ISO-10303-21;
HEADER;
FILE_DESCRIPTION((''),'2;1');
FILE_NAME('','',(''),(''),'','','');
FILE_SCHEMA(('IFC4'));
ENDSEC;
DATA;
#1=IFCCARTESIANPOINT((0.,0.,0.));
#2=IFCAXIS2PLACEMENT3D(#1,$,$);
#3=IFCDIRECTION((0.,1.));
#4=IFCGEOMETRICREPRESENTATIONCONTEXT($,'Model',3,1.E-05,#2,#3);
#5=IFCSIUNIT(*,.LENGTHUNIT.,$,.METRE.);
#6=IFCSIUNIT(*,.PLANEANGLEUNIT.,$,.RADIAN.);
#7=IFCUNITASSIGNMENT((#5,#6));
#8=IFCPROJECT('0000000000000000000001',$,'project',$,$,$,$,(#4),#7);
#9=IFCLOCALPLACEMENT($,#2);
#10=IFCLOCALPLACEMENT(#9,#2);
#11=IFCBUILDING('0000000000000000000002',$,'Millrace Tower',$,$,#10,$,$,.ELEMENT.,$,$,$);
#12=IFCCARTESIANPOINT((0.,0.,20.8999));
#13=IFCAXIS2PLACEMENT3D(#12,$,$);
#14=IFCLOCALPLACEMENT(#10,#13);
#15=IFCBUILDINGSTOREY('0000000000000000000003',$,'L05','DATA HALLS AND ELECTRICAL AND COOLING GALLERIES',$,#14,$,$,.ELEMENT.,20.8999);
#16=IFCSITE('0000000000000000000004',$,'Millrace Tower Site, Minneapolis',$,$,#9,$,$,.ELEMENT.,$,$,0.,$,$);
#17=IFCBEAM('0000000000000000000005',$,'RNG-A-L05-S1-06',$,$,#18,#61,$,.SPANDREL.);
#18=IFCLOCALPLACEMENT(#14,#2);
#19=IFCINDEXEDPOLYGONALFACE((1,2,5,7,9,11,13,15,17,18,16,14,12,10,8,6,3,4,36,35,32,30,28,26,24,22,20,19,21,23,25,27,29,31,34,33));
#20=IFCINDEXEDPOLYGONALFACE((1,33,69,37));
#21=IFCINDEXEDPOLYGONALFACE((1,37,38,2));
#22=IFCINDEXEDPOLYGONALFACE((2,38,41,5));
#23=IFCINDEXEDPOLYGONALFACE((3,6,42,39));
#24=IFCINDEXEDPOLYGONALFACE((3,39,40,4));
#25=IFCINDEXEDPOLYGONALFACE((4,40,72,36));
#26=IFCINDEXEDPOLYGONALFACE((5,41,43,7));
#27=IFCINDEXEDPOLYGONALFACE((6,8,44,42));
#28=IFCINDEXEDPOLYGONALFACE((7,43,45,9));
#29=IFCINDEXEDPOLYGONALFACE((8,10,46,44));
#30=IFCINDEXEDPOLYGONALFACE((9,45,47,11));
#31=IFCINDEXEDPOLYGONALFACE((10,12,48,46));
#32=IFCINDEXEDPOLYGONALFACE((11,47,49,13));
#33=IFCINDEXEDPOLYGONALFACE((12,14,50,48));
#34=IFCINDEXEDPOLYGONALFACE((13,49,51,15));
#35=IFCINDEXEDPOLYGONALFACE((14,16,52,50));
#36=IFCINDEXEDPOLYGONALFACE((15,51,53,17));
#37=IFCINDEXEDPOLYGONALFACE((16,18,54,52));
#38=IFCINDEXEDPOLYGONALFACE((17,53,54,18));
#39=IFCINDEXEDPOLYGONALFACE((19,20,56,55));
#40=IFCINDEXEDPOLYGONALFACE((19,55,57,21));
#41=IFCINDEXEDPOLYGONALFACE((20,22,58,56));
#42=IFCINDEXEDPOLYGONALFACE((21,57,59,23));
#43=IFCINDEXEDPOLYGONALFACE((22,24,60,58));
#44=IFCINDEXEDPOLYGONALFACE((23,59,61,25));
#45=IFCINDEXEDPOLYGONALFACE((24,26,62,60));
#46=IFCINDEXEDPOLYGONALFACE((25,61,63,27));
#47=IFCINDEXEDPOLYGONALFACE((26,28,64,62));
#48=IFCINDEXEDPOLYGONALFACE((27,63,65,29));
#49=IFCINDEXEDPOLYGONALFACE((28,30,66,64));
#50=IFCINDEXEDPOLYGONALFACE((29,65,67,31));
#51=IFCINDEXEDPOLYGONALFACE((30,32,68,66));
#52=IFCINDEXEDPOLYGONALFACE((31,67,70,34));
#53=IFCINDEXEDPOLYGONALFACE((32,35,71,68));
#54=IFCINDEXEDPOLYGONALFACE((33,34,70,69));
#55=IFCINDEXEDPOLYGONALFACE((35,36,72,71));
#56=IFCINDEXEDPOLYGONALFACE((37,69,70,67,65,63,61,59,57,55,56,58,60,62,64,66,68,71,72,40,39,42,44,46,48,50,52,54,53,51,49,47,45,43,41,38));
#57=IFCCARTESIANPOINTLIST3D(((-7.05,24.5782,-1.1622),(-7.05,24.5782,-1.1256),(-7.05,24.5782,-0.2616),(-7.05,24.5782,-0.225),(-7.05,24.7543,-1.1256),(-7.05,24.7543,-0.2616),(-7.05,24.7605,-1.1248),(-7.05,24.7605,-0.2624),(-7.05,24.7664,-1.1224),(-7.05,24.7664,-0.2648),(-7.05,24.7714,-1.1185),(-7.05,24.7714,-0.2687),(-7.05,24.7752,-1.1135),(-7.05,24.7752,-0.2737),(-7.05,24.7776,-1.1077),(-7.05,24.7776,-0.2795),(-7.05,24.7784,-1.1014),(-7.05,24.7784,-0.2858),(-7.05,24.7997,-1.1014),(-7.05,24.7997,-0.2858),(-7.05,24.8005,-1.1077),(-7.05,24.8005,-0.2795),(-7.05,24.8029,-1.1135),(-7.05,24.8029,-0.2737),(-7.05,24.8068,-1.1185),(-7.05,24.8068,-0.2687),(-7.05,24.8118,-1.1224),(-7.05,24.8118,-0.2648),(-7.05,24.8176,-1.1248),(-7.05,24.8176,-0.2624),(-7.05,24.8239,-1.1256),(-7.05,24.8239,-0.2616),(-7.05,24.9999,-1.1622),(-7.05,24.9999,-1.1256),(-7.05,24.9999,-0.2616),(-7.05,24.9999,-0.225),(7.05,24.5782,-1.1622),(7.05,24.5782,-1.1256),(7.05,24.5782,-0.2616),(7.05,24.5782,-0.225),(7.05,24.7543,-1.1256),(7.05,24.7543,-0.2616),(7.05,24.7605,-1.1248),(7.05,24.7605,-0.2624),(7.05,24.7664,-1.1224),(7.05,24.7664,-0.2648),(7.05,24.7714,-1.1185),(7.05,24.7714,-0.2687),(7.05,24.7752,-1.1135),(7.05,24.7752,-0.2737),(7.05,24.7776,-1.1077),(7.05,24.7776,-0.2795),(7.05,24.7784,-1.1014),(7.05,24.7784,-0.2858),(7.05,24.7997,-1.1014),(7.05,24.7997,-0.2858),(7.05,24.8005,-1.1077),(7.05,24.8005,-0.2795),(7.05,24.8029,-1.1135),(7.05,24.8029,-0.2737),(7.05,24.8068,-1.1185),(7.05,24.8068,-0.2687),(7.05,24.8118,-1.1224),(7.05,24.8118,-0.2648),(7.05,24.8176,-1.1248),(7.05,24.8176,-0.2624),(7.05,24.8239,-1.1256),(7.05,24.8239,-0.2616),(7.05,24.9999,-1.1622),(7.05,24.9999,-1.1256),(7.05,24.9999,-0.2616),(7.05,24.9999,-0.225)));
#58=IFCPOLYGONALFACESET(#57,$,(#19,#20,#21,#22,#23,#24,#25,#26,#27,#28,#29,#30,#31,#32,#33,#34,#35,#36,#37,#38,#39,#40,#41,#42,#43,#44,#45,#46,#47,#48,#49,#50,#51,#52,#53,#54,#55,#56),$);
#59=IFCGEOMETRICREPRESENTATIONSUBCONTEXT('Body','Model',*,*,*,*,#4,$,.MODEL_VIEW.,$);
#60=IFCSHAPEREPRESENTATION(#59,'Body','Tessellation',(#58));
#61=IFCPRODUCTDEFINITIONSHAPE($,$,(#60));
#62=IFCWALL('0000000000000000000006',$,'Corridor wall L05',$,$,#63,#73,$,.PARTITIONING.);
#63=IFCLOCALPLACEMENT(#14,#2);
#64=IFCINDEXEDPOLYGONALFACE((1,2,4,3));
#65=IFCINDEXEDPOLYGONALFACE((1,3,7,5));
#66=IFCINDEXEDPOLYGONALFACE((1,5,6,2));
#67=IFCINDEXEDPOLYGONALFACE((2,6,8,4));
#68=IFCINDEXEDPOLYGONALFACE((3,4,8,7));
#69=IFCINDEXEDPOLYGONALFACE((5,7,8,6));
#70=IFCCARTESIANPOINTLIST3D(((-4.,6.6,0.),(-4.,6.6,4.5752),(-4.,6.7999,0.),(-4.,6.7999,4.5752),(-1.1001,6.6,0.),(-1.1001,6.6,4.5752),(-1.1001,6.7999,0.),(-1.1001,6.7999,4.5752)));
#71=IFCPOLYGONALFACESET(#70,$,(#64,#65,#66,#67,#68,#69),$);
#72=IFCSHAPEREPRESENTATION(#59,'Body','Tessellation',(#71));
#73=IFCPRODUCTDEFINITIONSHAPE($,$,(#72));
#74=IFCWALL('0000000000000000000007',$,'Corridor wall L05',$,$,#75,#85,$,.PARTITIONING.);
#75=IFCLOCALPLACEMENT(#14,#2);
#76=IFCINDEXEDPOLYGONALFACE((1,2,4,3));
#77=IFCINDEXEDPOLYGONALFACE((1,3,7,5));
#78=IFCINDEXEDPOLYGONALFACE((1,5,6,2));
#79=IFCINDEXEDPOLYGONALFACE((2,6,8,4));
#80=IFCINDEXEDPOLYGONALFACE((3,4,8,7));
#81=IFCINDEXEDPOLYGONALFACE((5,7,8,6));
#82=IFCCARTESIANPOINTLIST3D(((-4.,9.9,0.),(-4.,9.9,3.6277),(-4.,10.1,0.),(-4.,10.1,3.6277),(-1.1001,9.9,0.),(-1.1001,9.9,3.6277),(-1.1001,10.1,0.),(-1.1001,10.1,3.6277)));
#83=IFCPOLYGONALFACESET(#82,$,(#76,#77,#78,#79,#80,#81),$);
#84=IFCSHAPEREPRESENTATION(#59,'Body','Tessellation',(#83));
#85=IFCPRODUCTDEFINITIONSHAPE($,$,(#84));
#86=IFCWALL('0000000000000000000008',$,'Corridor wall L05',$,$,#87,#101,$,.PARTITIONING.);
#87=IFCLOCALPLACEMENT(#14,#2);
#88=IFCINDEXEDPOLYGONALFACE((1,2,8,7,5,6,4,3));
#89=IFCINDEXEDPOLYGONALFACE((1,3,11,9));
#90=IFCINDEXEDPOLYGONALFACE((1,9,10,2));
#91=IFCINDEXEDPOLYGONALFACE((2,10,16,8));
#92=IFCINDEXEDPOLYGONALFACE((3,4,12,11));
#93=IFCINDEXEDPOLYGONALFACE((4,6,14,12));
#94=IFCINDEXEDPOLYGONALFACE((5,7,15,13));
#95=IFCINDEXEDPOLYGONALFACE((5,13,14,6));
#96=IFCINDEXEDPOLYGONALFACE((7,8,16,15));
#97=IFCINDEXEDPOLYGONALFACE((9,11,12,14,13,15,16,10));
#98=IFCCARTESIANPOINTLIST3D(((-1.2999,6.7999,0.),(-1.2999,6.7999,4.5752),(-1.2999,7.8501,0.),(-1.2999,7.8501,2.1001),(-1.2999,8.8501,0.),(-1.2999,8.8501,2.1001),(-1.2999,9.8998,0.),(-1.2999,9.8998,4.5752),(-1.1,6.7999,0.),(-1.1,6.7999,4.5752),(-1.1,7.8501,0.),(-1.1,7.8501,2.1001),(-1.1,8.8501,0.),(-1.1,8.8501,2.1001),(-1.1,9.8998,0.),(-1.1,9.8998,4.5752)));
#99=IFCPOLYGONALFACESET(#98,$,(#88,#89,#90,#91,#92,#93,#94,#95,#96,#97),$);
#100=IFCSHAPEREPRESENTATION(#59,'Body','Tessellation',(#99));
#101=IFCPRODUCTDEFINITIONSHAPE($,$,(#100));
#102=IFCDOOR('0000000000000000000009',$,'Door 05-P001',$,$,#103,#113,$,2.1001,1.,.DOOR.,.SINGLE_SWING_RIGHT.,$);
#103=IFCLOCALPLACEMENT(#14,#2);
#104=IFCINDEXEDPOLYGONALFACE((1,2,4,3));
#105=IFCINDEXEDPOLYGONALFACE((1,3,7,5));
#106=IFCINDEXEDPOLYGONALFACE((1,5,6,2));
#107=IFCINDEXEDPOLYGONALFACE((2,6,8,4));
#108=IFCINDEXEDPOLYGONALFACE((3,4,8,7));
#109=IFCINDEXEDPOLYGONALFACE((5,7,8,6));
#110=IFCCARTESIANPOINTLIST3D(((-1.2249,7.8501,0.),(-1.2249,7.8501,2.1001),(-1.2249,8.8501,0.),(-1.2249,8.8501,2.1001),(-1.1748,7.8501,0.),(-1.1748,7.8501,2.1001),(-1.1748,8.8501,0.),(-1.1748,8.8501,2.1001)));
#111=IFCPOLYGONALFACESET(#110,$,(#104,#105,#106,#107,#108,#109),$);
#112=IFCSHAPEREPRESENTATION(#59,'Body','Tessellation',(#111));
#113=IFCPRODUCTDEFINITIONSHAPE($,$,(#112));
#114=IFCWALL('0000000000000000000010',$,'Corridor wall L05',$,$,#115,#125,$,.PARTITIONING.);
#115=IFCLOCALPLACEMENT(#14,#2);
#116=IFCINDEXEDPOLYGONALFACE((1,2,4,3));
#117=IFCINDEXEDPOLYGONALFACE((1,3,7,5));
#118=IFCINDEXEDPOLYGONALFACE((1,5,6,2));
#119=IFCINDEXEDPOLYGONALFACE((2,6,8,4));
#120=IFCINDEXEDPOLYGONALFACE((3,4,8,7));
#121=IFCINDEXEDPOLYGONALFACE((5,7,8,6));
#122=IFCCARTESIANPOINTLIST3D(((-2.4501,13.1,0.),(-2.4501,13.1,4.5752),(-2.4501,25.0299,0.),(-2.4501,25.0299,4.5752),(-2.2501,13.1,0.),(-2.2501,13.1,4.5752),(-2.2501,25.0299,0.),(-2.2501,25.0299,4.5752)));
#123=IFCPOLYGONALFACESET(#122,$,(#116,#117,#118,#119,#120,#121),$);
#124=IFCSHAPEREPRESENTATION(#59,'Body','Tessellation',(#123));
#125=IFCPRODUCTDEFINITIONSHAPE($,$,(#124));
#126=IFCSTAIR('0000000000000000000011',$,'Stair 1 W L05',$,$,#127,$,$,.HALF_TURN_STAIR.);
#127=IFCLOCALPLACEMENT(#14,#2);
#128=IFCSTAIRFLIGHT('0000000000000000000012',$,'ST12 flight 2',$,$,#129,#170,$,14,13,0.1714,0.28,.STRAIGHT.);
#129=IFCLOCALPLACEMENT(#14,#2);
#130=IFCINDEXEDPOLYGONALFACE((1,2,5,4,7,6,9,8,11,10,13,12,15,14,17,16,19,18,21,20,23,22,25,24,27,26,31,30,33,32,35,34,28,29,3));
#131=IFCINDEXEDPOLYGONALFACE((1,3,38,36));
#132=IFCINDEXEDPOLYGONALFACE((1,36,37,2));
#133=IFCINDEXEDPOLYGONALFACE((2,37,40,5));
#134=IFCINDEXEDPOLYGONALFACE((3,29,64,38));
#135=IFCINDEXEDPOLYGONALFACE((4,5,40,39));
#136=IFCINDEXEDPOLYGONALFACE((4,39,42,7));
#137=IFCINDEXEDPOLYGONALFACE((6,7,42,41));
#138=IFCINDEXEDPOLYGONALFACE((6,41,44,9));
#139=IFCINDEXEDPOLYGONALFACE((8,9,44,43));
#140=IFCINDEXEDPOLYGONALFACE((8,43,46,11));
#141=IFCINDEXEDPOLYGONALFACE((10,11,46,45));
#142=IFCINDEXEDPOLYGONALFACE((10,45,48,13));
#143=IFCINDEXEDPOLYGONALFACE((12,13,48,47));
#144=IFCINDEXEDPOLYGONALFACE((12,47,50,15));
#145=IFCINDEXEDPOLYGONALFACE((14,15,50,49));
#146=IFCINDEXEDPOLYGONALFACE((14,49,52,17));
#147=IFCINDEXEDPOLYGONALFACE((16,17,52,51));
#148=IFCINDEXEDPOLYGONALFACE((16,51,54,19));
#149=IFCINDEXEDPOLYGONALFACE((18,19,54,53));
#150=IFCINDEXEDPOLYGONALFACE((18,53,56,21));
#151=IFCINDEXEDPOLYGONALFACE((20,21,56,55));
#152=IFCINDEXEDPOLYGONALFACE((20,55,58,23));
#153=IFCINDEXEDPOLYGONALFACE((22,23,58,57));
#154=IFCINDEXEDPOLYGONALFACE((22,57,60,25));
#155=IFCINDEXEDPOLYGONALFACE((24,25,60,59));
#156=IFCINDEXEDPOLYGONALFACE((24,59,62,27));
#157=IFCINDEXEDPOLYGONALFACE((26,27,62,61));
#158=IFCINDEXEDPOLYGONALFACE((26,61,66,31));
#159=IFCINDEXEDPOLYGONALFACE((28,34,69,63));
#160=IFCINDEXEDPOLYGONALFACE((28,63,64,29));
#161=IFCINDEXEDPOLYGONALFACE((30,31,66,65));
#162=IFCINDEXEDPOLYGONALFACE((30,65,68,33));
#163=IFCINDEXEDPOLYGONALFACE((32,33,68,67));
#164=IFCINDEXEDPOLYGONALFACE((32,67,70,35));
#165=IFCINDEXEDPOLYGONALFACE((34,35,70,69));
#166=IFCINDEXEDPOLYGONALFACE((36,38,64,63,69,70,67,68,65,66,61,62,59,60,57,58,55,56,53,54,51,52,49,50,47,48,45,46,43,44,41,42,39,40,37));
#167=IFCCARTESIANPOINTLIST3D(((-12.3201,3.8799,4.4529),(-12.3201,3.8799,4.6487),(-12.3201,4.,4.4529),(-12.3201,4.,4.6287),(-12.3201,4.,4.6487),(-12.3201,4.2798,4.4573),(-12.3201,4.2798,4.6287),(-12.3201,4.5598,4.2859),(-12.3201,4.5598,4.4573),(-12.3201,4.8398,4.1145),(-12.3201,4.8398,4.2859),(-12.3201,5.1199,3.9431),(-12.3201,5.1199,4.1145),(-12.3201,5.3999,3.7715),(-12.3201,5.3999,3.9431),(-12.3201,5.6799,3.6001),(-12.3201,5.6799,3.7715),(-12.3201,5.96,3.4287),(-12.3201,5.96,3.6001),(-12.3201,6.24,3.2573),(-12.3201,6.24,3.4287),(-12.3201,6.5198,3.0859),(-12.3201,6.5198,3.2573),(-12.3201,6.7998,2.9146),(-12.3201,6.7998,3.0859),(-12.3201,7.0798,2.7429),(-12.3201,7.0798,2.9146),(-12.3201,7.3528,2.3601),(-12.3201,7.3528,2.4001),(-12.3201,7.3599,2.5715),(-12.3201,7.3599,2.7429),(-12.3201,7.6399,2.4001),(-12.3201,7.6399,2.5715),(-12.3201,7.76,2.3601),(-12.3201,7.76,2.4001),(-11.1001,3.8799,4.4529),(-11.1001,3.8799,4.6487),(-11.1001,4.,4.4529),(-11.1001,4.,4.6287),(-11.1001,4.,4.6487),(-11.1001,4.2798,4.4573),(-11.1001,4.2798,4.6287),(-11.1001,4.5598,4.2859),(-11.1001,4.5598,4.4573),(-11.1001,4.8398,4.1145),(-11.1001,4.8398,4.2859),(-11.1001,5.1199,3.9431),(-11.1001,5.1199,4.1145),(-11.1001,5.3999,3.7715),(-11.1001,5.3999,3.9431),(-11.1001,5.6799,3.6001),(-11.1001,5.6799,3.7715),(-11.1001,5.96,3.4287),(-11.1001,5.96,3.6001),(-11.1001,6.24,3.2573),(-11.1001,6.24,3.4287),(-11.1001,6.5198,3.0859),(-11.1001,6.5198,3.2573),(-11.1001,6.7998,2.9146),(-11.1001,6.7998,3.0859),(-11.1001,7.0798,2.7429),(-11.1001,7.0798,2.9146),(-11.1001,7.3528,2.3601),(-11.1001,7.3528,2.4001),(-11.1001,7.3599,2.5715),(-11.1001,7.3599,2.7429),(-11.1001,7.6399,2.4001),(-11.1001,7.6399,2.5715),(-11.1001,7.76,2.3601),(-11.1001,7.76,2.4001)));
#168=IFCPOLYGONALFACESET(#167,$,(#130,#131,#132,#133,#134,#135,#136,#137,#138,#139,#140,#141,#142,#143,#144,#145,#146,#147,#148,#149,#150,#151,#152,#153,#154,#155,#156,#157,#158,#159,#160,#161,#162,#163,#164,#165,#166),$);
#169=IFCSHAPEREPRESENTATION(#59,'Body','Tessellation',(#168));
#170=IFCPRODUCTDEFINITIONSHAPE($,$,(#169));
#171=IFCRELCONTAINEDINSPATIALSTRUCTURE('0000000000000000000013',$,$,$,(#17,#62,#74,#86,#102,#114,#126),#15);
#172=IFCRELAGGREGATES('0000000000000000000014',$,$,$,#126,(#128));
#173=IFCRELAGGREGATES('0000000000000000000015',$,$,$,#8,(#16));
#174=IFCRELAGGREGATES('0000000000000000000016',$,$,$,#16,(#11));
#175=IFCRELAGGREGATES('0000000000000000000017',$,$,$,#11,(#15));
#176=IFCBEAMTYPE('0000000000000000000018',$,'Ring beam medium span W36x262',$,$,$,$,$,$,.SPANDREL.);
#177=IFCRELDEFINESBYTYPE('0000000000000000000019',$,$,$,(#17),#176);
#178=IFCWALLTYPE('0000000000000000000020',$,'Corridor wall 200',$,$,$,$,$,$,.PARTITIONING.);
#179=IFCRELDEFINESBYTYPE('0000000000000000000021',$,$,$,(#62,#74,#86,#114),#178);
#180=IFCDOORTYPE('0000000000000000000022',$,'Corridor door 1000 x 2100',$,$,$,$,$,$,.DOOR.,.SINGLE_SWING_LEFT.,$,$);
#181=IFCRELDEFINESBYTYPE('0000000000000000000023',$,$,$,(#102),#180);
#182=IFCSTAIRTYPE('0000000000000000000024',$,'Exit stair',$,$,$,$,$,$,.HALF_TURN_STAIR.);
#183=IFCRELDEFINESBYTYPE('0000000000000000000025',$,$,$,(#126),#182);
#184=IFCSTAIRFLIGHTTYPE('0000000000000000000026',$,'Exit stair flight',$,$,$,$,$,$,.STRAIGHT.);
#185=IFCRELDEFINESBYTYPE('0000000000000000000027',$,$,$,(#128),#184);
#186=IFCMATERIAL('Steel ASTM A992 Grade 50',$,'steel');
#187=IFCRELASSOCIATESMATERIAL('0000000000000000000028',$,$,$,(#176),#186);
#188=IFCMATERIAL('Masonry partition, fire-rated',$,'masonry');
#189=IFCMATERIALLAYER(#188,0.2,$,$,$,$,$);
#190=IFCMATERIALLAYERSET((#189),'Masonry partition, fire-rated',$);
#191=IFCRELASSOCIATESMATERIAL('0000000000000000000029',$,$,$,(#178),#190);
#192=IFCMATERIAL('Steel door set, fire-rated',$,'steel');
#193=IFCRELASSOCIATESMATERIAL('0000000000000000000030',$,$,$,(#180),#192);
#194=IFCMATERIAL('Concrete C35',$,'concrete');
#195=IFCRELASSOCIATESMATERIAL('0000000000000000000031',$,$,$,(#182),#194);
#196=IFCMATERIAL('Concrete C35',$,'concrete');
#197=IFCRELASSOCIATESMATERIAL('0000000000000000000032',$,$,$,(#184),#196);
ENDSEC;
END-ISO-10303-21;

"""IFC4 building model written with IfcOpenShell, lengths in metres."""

from ifc_helpers import new_model, si_unit, direction, frame, frame_2d, origin, origin_2d, place, context, subcontext, project, spatial, polyline, rectangle, i_section, outline, extrude, material, layer, layer_set, material_profile, profile_set, type_object, element, fill, aggregate, save


model = new_model("IFC4")

# Units and contexts
model_context = context("Model", 3, precision=1e-05, world=origin(), true_north=direction((0.0, 1.0)))
body_context = subcontext(model_context, "Body", "Model", "MODEL_VIEW")
ifc_project = project(units=[si_unit("LENGTHUNIT", "METRE"), si_unit("PLANEANGLEUNIT", "RADIAN")], contexts=[model_context])

# Site, building, storey
site_placement = place(None, origin())
site = spatial("IfcSite", under=ifc_project, at=site_placement, Name="Millrace Tower Site, Minneapolis", CompositionType="ELEMENT", RefElevation=0.0)
building_placement = place(site_placement, origin())
building = spatial("IfcBuilding", under=site, at=building_placement, Name="Millrace Tower", CompositionType="ELEMENT")
storey_placement = place(building_placement, frame((0.0, 0.0, 20.8999)))
storey = spatial("IfcBuildingStorey", under=building, at=storey_placement, Name="L05", Description="DATA HALLS AND ELECTRICAL AND COOLING GALLERIES", CompositionType="ELEMENT", Elevation=20.8999)

# Shared definitions
placement = place(storey_placement, origin())

# Beam
ifc_material_1 = material(Name="Steel ASTM A992 Grade 50", Category="steel")
ifc_material_profile_1 = material_profile(ifc_material_1, i_section(OverallWidth=0.4216, OverallDepth=0.9373, WebThickness=0.0212, FlangeThickness=0.0366, FilletRadius=0.0242, at=origin_2d()))
ifc_profile_set_1 = profile_set([ifc_material_profile_1], Name="Steel ASTM A992 Grade 50")
beam_type_1 = type_object("IfcBeamType", Name="Ring beam medium span W36x262", PredefinedType="SPANDREL", material=ifc_profile_set_1)
beam_1_placement = place(storey_placement, frame((-7.05, 24.7891, -0.6936), z_axis=(1.0, 0.0, 0.0), x_axis=(0.0, 1.0, 0.0)))
element("IfcBeam", 1, at=beam_1_placement, inside=storey, type_object=beam_type_1, Name="RNG-A-L05-S1-06", PredefinedType="SPANDREL", context=body_context, shape_type="SweptSolid", body=[
    extrude(i_section(OverallWidth=0.4216, OverallDepth=0.9373, WebThickness=0.0212, FlangeThickness=0.0366, FilletRadius=0.0242, at=origin_2d()), origin(), (0.0, 0.0, 1.0), 14.1001),
])

# Walls
ifc_material_2 = material(Name="Masonry partition, fire-rated", Category="masonry")
ifc_layer_1 = layer(ifc_material_2, 0.2)
ifc_layer_set_1 = layer_set([ifc_layer_1], Name="Masonry partition, fire-rated")
wall_type = type_object("IfcWallType", Name="Corridor wall 200", PredefinedType="PARTITIONING", material=ifc_layer_set_1)
wall_1_placement = place(storey_placement, frame((-4.0, 6.7, 0.0), z_axis=(0.0, 0.0, 1.0), x_axis=(1.0, 0.0, 0.0)))
element("IfcWall", 2, at=wall_1_placement, inside=storey, type_object=wall_type, Name="Corridor wall L05", PredefinedType="PARTITIONING", context=body_context, shape_type="SweptSolid", body=[
    extrude(rectangle(XDim=2.8999, YDim=0.2, at=frame_2d((1.45, 0.0))), origin(), (0.0, 0.0, 1.0), 4.5752),
])
wall_2_placement = place(storey_placement, frame((-4.0, 10.0, 0.0), z_axis=(0.0, 0.0, 1.0), x_axis=(1.0, 0.0, 0.0)))
element("IfcWall", 3, at=wall_2_placement, inside=storey, type_object=wall_type, Name="Corridor wall L05", PredefinedType="PARTITIONING", context=body_context, shape_type="SweptSolid", body=[
    extrude(rectangle(XDim=2.8999, YDim=0.2, at=frame_2d((1.45, 0.0))), origin(), (0.0, 0.0, 1.0), 3.6277),
])

# Wall, opening, door
wall_3_placement = place(storey_placement, frame((-1.2, 6.8, 0.0), z_axis=(0.0, 0.0, 1.0), x_axis=(0.0, 1.0, 0.0)))
wall_3 = element("IfcWall", 4, at=wall_3_placement, inside=storey, type_object=wall_type, Name="Corridor wall L05", PredefinedType="PARTITIONING", context=body_context, shape_type="SweptSolid", body=[
    extrude(rectangle(XDim=3.0999, YDim=0.2, at=frame_2d((1.5498, 0.0))), origin(), (0.0, 0.0, 1.0), 4.5752),
])
opening_placement = place(wall_3_placement, frame((1.05, 0.0, 0.0)))
opening = element("IfcOpeningElement", 5, at=opening_placement, cuts=wall_3, PredefinedType="OPENING", context=body_context, shape_type="SweptSolid", body=[
    extrude(rectangle(XDim=1.0, YDim=2.1001, at=frame_2d((0.5, 1.05))), frame((0.0, 0.1099, 0.0), z_axis=(0.0, -1.0, 0.0), x_axis=(1.0, 0.0, 0.0)), (0.0, 0.0, 1.0), 0.22),
])
ifc_material_3 = material(Name="Steel door set, fire-rated", Category="steel")
door_type = type_object("IfcDoorType", Name="Corridor door 1000 x 2100", OperationType="SINGLE_SWING_LEFT", PredefinedType="DOOR", material=ifc_material_3)
door_placement = place(opening_placement, origin())
door = element("IfcDoor", 6, at=door_placement, inside=storey, type_object=door_type, Name="Door 05-P001", OperationType="SINGLE_SWING_RIGHT", OverallHeight=2.1001, OverallWidth=1.0, PredefinedType="DOOR", context=body_context, shape_type="SweptSolid", body=[
    extrude(rectangle(XDim=1.0, YDim=2.1001, at=frame_2d((0.5, 1.05))), frame((0.0, 0.0249, 0.0), z_axis=(0.0, -1.0, 0.0), x_axis=(1.0, 0.0, 0.0)), (0.0, 0.0, 1.0), 0.05),
])
fill(opening, door)

# Wall
wall_4_placement = place(storey_placement, frame((-2.3501, 13.1001, 0.0), z_axis=(0.0, 0.0, 1.0), x_axis=(0.0, 1.0, 0.0)))
element("IfcWall", 7, at=wall_4_placement, inside=storey, type_object=wall_type, Name="Corridor wall L05", PredefinedType="PARTITIONING", context=body_context, shape_type="SweptSolid", body=[
    extrude(rectangle(XDim=11.9299, YDim=0.2, at=frame_2d((5.9648, 0.0))), origin(), (0.0, 0.0, 1.0), 4.5752),
])

# Stair, stair flight
ifc_material_4 = material(Name="Concrete C35", Category="concrete")
stair_type = type_object("IfcStairType", Name="Exit stair", PredefinedType="HALF_TURN_STAIR", material=ifc_material_4)
stair_1 = element("IfcStair", 8, at=placement, inside=storey, type_object=stair_type, Name="Stair 1 W L05", PredefinedType="HALF_TURN_STAIR")
ifc_material_5 = material(Name="Concrete C35", Category="concrete")
stair_flight_type = type_object("IfcStairFlightType", Name="Exit stair flight", PredefinedType="STRAIGHT", material=ifc_material_5)
stair_flight_1_placement = place(storey_placement, frame((-11.71, 7.6399, 2.4001), z_axis=(0.0, 0.0, 1.0), x_axis=(0.0, -1.0, 0.0)))
stair_flight_1 = element("IfcStairFlight", 9, at=stair_flight_1_placement, type_object=stair_flight_type, Name="ST12 flight 2", NumberOfRisers=14, NumberOfTreads=13, PredefinedType="STRAIGHT", RiserHeight=0.1714, TreadLength=0.28, context=body_context, shape_type="SweptSolid", body=[
    extrude(outline(polyline([(-0.1201, -0.04), (-0.1201, 0.0), (0.0, 0.0), (0.0, 0.1714), (0.28, 0.1714), (0.28, 0.3428), (0.5601, 0.3428), (0.5601, 0.5144), (0.8401, 0.5144), (0.8401, 0.6858), (1.1201, 0.6858), (1.1201, 0.8572), (1.3999, 0.8572), (1.3999, 1.0286), (1.6799, 1.0286), (1.6799, 1.2), (1.96, 1.2), (1.96, 1.3713), (2.24, 1.3713), (2.24, 1.543), (2.52, 1.543), (2.52, 1.7144), (2.8, 1.7144), (2.8, 1.8857), (3.0801, 1.8857), (3.0801, 2.0571), (3.3601, 2.0571), (3.3601, 2.2285), (3.6399, 2.2285), (3.6399, 2.2485), (3.76, 2.2485), (3.76, 2.0527), (3.6399, 2.0527), (0.2871, 0.0), (0.2871, -0.04), (-0.1201, -0.04)])), frame((0.0, 0.6099, 0.0), z_axis=(0.0, -1.0, 0.0), x_axis=(1.0, 0.0, 0.0)), (0.0, 0.0, 1.0), 1.22),
])
aggregate(stair_1, [stair_flight_1])

save(model, "model.ifc")
